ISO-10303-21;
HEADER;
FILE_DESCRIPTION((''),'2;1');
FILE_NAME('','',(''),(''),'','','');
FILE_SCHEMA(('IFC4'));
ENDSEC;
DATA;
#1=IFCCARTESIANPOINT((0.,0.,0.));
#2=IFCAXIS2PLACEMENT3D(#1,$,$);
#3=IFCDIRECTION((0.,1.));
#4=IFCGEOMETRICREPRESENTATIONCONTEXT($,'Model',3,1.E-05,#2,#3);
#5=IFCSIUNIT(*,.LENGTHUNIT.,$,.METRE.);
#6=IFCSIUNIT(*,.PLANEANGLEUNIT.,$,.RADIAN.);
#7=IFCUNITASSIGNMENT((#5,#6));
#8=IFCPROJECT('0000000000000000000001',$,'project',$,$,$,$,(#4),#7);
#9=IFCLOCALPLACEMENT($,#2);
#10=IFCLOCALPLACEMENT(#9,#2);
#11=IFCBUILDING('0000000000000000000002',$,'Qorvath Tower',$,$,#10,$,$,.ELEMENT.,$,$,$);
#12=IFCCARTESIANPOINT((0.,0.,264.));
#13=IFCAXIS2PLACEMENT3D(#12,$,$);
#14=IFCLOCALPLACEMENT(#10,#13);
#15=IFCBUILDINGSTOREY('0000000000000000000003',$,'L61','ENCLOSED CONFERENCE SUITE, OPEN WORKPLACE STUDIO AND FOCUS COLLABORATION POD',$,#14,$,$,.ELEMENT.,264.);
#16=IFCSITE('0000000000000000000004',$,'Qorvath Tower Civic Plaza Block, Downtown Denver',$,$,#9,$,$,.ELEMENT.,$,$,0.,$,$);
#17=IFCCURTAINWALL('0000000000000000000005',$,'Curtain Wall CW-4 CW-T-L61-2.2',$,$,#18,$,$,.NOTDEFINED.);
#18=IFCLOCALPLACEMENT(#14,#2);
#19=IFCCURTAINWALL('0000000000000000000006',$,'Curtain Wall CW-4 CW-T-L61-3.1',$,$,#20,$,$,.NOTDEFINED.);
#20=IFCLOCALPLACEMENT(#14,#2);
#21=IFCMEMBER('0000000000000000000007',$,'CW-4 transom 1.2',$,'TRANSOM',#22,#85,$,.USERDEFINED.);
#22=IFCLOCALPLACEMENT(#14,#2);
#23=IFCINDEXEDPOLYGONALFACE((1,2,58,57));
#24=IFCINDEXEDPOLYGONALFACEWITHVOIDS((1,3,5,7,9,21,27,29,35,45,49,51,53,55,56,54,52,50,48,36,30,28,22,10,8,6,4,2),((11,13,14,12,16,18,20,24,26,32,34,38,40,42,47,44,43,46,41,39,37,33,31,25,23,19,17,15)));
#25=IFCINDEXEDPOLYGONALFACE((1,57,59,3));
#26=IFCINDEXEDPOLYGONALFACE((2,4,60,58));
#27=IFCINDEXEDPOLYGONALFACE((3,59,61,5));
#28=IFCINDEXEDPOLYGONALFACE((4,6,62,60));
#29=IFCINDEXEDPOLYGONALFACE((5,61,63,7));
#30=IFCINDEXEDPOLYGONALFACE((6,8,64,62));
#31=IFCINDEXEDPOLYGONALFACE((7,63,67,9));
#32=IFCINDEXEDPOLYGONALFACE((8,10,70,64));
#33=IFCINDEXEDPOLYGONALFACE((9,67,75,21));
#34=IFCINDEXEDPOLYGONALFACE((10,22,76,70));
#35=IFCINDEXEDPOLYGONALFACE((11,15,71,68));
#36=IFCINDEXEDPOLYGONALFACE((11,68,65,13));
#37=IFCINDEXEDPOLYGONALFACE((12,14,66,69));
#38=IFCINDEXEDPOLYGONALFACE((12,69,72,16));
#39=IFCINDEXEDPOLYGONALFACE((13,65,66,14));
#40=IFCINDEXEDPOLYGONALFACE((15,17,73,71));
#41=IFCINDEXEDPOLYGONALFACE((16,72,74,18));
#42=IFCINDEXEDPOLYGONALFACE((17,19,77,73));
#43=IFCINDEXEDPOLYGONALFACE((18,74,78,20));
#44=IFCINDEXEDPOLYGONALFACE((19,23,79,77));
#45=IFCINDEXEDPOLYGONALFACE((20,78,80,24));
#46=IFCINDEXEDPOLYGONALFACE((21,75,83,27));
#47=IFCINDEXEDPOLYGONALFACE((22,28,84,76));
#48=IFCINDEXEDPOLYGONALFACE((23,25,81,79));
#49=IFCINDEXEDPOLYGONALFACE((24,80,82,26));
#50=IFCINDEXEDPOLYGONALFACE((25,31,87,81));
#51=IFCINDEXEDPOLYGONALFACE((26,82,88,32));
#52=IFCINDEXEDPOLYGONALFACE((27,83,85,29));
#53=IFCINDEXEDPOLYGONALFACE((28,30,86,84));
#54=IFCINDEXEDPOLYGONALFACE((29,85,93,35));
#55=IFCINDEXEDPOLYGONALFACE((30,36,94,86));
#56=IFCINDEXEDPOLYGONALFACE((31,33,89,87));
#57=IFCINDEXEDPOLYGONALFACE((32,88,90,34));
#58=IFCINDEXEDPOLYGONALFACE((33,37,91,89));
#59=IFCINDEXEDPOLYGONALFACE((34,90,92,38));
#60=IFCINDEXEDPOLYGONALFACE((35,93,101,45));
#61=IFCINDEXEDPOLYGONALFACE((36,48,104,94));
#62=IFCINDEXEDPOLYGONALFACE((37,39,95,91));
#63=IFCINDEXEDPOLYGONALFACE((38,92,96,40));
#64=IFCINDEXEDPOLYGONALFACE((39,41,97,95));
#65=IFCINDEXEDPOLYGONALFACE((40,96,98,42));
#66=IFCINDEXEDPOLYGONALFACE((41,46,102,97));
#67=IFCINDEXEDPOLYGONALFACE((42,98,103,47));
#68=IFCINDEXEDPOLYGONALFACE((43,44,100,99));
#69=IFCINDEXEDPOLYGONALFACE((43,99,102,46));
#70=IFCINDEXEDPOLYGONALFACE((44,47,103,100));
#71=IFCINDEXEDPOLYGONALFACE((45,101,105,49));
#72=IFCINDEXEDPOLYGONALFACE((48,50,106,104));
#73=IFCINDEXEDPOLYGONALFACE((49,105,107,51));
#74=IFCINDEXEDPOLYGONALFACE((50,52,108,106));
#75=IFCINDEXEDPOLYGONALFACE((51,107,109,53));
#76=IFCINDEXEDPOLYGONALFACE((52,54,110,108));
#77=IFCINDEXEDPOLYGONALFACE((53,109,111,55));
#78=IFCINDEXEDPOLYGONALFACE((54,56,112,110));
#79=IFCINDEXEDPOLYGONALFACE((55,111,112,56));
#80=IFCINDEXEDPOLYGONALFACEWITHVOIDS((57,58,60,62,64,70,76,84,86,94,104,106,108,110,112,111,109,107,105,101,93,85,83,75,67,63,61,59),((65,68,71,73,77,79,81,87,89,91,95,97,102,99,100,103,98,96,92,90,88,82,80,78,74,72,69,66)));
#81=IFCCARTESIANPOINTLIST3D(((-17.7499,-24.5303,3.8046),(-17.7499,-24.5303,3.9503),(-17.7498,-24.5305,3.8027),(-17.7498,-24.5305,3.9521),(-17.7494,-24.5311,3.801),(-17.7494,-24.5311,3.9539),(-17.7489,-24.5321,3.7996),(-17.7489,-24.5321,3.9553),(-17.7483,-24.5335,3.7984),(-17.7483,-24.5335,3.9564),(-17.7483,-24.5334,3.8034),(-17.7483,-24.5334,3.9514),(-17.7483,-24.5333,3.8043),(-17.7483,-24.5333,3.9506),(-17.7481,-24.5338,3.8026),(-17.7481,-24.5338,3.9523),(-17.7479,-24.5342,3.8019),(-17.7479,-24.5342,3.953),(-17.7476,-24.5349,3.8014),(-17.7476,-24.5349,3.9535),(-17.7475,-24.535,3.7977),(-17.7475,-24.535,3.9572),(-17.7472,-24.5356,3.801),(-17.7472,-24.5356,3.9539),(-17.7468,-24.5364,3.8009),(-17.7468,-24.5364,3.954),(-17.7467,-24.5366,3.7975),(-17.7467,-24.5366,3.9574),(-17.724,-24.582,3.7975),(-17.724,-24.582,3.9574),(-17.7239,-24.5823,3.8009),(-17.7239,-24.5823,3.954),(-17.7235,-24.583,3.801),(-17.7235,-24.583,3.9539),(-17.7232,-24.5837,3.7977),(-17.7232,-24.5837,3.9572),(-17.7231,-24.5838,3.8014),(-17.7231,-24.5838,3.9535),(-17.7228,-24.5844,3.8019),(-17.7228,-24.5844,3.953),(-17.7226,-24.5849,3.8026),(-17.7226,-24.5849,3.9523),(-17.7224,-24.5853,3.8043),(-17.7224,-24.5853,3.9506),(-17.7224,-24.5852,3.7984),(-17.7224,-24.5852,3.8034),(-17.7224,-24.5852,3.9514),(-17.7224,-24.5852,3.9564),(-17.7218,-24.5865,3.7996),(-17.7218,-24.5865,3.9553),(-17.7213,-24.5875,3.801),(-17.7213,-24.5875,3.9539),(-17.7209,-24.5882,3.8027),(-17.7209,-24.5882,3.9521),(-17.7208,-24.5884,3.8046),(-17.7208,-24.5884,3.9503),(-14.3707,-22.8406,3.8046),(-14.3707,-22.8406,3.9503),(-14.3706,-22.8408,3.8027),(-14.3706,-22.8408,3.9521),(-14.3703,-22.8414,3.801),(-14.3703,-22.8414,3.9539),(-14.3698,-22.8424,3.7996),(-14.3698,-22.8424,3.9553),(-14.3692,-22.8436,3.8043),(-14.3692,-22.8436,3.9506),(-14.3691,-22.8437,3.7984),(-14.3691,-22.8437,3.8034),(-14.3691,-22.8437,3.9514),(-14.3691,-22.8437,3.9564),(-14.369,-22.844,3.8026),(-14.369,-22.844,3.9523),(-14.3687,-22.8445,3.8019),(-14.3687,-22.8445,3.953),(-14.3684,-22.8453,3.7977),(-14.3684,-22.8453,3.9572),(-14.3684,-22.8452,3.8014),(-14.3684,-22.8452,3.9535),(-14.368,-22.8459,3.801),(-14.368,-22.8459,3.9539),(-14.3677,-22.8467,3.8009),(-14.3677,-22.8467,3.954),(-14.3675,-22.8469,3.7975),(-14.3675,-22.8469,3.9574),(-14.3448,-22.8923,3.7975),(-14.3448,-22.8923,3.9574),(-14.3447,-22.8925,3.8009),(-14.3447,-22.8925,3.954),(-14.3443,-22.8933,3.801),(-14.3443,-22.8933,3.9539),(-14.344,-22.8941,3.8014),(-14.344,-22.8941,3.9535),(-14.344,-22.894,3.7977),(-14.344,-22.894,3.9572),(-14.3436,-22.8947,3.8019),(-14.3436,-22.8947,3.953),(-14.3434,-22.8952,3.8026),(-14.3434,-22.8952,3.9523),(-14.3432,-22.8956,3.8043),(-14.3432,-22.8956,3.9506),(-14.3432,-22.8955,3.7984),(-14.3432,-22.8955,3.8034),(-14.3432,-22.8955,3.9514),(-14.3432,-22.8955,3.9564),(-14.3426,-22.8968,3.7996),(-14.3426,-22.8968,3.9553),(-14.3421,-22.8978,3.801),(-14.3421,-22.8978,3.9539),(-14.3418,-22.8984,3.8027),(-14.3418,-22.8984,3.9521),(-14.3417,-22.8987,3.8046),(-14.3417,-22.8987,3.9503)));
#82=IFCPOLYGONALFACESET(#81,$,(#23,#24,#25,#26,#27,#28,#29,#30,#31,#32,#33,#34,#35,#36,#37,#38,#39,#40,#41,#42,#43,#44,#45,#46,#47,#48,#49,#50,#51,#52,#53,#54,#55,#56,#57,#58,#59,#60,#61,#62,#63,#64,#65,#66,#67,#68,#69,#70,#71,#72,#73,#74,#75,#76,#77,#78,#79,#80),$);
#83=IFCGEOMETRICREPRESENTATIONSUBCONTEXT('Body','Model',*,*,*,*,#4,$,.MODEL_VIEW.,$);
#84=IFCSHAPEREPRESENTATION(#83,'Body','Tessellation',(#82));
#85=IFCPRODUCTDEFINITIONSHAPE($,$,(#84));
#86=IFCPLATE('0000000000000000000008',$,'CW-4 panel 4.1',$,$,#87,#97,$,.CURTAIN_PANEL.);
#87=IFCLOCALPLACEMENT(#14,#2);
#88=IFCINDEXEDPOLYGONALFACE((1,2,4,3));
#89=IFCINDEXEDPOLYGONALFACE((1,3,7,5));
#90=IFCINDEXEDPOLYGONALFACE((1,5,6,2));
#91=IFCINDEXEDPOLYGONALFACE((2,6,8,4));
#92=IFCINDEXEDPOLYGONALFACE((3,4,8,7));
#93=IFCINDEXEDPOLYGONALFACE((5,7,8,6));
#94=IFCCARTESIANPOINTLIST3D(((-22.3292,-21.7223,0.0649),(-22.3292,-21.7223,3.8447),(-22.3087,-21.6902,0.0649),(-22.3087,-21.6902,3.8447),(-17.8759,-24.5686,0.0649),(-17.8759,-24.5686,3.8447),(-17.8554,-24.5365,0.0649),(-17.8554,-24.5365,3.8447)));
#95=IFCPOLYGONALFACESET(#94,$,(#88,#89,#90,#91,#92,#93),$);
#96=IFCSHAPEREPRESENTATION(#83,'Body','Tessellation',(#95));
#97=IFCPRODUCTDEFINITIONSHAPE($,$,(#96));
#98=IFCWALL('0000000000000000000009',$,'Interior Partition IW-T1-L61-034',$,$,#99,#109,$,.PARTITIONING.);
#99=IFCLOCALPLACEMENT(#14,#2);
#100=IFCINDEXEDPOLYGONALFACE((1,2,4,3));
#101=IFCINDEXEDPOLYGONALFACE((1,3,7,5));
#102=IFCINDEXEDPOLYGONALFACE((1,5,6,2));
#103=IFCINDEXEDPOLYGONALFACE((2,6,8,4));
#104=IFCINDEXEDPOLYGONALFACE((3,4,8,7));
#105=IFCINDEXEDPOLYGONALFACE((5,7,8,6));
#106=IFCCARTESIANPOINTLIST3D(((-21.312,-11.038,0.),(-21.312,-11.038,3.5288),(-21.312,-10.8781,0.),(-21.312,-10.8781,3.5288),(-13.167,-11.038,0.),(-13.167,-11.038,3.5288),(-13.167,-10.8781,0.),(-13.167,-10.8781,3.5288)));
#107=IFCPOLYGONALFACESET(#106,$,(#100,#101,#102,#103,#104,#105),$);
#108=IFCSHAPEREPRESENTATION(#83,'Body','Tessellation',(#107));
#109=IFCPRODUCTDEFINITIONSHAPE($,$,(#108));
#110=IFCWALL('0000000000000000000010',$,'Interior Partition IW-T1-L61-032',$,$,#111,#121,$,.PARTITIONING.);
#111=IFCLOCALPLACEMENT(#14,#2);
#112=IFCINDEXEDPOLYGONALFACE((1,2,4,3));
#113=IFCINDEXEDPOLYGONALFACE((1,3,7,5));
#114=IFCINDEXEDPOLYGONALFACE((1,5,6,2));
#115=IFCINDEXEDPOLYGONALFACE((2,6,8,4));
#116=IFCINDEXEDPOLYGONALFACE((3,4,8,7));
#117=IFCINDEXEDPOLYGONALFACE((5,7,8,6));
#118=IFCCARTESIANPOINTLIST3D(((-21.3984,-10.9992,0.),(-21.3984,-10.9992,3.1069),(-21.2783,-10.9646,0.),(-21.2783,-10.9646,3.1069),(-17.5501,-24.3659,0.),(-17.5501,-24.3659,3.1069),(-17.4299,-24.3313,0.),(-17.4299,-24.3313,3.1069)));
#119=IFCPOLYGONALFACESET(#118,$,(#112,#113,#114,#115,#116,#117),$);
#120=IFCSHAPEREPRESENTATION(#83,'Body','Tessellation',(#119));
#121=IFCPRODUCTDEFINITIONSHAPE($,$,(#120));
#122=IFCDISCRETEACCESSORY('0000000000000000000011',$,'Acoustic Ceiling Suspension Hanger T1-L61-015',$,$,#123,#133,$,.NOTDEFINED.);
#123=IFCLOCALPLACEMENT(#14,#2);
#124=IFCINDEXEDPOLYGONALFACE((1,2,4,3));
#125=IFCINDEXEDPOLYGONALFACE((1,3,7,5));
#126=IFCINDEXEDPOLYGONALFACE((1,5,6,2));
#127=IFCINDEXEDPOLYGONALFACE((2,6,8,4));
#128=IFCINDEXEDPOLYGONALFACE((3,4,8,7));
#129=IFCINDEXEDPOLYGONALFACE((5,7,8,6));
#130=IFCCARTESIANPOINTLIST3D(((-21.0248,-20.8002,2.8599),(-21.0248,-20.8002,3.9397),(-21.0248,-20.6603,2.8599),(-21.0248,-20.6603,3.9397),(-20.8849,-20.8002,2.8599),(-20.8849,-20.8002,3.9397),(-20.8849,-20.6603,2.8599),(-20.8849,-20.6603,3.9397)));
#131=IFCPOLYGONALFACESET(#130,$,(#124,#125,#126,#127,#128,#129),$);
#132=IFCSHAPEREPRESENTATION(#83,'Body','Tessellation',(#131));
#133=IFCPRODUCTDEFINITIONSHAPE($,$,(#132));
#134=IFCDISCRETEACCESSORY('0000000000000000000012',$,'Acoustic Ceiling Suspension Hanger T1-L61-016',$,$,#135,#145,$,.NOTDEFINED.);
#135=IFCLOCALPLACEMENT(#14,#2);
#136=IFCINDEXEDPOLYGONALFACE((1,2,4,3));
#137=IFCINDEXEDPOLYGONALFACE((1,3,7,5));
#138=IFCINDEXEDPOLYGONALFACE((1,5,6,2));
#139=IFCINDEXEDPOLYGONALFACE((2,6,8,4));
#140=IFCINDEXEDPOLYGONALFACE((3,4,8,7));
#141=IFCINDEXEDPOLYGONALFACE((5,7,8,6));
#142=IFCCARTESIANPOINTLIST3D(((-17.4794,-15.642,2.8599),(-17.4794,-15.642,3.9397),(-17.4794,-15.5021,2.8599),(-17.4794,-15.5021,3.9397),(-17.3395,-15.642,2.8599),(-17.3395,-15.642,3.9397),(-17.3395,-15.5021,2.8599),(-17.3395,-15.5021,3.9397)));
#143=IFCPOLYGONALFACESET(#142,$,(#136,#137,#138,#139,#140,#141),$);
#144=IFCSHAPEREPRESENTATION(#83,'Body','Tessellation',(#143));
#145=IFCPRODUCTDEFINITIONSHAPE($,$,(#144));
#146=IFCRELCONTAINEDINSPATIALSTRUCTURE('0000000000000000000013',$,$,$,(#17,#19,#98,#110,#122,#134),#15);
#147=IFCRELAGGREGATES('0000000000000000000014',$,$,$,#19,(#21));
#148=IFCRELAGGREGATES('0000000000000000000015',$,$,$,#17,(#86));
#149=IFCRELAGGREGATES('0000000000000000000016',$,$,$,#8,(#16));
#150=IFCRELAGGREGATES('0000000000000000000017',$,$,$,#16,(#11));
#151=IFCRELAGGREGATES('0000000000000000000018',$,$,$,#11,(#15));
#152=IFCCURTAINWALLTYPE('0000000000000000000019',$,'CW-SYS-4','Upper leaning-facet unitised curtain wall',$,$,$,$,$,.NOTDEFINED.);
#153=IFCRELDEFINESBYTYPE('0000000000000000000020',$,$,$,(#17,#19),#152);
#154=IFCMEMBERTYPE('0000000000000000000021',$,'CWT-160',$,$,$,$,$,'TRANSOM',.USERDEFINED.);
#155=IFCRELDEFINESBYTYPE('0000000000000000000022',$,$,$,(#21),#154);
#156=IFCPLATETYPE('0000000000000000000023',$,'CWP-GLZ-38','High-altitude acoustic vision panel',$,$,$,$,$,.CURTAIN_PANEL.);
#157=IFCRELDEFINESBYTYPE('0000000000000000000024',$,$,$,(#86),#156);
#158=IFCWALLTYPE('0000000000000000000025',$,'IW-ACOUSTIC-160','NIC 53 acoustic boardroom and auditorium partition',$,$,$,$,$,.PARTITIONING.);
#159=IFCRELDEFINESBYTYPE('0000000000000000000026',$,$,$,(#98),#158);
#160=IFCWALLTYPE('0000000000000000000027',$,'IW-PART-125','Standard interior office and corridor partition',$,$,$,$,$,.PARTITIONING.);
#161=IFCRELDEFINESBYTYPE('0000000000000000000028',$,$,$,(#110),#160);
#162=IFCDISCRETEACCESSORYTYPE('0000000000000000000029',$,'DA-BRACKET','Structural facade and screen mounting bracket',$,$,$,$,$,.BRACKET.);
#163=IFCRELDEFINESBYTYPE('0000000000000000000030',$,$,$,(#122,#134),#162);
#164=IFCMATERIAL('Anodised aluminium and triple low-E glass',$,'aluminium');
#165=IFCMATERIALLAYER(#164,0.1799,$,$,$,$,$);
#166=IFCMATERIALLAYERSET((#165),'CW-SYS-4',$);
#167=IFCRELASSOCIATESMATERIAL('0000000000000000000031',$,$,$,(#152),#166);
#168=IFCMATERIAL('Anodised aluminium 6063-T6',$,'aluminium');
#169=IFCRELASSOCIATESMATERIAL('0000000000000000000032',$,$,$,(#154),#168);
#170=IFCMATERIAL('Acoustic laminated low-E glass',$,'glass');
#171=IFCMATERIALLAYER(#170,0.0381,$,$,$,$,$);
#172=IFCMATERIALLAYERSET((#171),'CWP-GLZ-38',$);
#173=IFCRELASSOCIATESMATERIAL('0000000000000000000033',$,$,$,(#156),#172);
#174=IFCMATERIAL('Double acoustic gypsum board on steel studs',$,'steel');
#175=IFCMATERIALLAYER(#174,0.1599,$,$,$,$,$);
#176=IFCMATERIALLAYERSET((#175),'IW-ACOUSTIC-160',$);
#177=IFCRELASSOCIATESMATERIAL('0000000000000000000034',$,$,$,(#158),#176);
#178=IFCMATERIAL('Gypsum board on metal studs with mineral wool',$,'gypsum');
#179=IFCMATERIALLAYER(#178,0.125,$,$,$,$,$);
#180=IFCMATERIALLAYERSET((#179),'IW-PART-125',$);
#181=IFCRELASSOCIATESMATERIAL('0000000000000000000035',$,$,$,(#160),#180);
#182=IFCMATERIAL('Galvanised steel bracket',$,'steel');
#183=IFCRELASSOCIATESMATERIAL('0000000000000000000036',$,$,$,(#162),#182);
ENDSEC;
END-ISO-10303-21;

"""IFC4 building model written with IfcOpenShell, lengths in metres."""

from ifc_helpers import new_model, si_unit, direction, frame, frame_2d, origin, origin_2d, place, context, subcontext, project, spatial, rectangle, hollow_rectangle, extrude, material, layer, layer_set, material_profile, profile_set, type_object, element, aggregate, save


model = new_model("IFC4")

# Units and contexts
model_context = context("Model", 3, precision=1e-05, world=origin(), true_north=direction((0.0, 1.0)))
body_context = subcontext(model_context, "Body", "Model", "MODEL_VIEW")
ifc_project = project(units=[si_unit("LENGTHUNIT", "METRE"), si_unit("PLANEANGLEUNIT", "RADIAN")], contexts=[model_context])

# Site, building, storey
site_placement = place(None, origin())
site = spatial("IfcSite", under=ifc_project, at=site_placement, Name="Qorvath Tower Civic Plaza Block, Downtown Denver", CompositionType="ELEMENT", RefElevation=0.0)
building_placement = place(site_placement, origin())
building = spatial("IfcBuilding", under=site, at=building_placement, Name="Qorvath Tower", CompositionType="ELEMENT")
storey_placement = place(building_placement, frame((0.0, 0.0, 264.0)))
storey = spatial("IfcBuildingStorey", under=building, at=storey_placement, Name="L61", Description="ENCLOSED CONFERENCE SUITE, OPEN WORKPLACE STUDIO AND FOCUS COLLABORATION POD", CompositionType="ELEMENT", Elevation=264.0)

# Curtain wall
ifc_material_1 = material(Name="Anodised aluminium and triple low-E glass", Category="aluminium")
ifc_layer_1 = layer(ifc_material_1, 0.1799)
ifc_layer_set_1 = layer_set([ifc_layer_1], Name="CW-SYS-4")
curtain_wall_type = type_object("IfcCurtainWallType", Name="CW-SYS-4", Description="Upper leaning-facet unitised curtain wall", PredefinedType="NOTDEFINED", material=ifc_layer_set_1)
curtain_wall_1_placement = place(storey_placement, origin())
curtain_wall_1 = element("IfcCurtainWall", 1, at=curtain_wall_1_placement, inside=storey, type_object=curtain_wall_type, Name="Curtain Wall CW-4 CW-T-L61-2.2", PredefinedType="NOTDEFINED")

# Curtain wall
curtain_wall_2_placement = place(storey_placement, origin())
curtain_wall_2 = element("IfcCurtainWall", 2, at=curtain_wall_2_placement, inside=storey, type_object=curtain_wall_type, Name="Curtain Wall CW-4 CW-T-L61-3.1", PredefinedType="NOTDEFINED")

# Member
ifc_material_2 = material(Name="Anodised aluminium 6063-T6", Category="aluminium")
ifc_material_profile_1 = material_profile(ifc_material_2, hollow_rectangle(XDim=0.0649, YDim=0.1599, WallThickness=0.0034, InnerFilletRadius=0.0034, OuterFilletRadius=0.0071, at=origin_2d()), Name="CWT 160x65")
ifc_profile_set_1 = profile_set([ifc_material_profile_1], Name="Anodised aluminium 6063-T6")
member_type_1 = type_object("IfcMemberType", Name="CWT-160", ElementType="TRANSOM", PredefinedType="USERDEFINED", material=ifc_profile_set_1)
member_1_placement = place(storey_placement, frame((-17.7354, -24.5593, 3.8774), z_axis=(0.894414, 0.447239, 0.0), x_axis=(-0.447239, 0.894414, 0.0)))
member_1 = element("IfcMember", 3, at=member_1_placement, type_object=member_type_1, Name="CW-4 transom 1.2", ObjectType="TRANSOM", PredefinedType="USERDEFINED", context=body_context, shape_type="SweptSolid", body=[
    extrude(hollow_rectangle(XDim=0.0649, YDim=0.1599, WallThickness=0.0034, InnerFilletRadius=0.0034, OuterFilletRadius=0.0071, at=origin_2d()), origin(), (0.0, 0.0, 1.0), 3.7781),
])
aggregate(curtain_wall_2, [member_1])

# Plate
ifc_material_3 = material(Name="Acoustic laminated low-E glass", Category="glass")
ifc_layer_2 = layer(ifc_material_3, 0.0381)
ifc_layer_set_2 = layer_set([ifc_layer_2], Name="CWP-GLZ-38")
plate_type = type_object("IfcPlateType", Name="CWP-GLZ-38", Description="High-altitude acoustic vision panel", PredefinedType="CURTAIN_PANEL", material=ifc_layer_set_2)
plate_placement = place(storey_placement, frame((-20.0923, -23.1294, 0.0649), z_axis=(0.0, 0.0, 1.0), x_axis=(0.842602, -0.538536, 0.0)))
plate = element("IfcPlate", 4, at=plate_placement, type_object=plate_type, Name="CW-4 panel 4.1", PredefinedType="CURTAIN_PANEL", context=body_context, shape_type="SweptSolid", body=[
    extrude(rectangle(XDim=5.2852, YDim=0.0381, at=origin_2d()), origin(), (0.0, 0.0, 1.0), 3.7798),
])
aggregate(curtain_wall_1, [plate])

# Walls
ifc_material_4 = material(Name="Double acoustic gypsum board on steel studs", Category="steel")
ifc_layer_3 = layer(ifc_material_4, 0.1599)
ifc_layer_set_3 = layer_set([ifc_layer_3], Name="IW-ACOUSTIC-160")
wall_type_1 = type_object("IfcWallType", Name="IW-ACOUSTIC-160", Description="NIC 53 acoustic boardroom and auditorium partition", PredefinedType="PARTITIONING", material=ifc_layer_set_3)
wall_1_placement = place(storey_placement, frame((-21.312, -10.958, 0.0), z_axis=(0.0, 0.0, 1.0), x_axis=(1.0, 0.0, 0.0)))
element("IfcWall", 5, at=wall_1_placement, inside=storey, type_object=wall_type_1, Name="Interior Partition IW-T1-L61-034", PredefinedType="PARTITIONING", context=body_context, shape_type="SweptSolid", body=[
    extrude(rectangle(XDim=8.145, YDim=0.1599, at=frame_2d((4.0725, 0.0))), origin(), (0.0, 0.0, 1.0), 3.5288),
])
ifc_material_5 = material(Name="Gypsum board on metal studs with mineral wool", Category="gypsum")
ifc_layer_4 = layer(ifc_material_5, 0.125)
ifc_layer_set_4 = layer_set([ifc_layer_4], Name="IW-PART-125")
wall_type_2 = type_object("IfcWallType", Name="IW-PART-125", Description="Standard interior office and corridor partition", PredefinedType="PARTITIONING", material=ifc_layer_set_4)
wall_2_placement = place(storey_placement, frame((-17.49, -24.3486, 0.0), z_axis=(0.0, 0.0, 1.0), x_axis=(-0.27667, 0.960965, 0.0)))
element("IfcWall", 6, at=wall_2_placement, inside=storey, type_object=wall_type_2, Name="Interior Partition IW-T1-L61-032", PredefinedType="PARTITIONING", context=body_context, shape_type="SweptSolid", body=[
    extrude(rectangle(XDim=13.9097, YDim=0.125, at=frame_2d((6.9548, 0.0))), origin(), (0.0, 0.0, 1.0), 3.1069),
])

# Discrete accessories
ifc_material_6 = material(Name="Galvanised steel bracket", Category="steel")
discrete_accessory_type = type_object("IfcDiscreteAccessoryType", Name="DA-BRACKET", Description="Structural facade and screen mounting bracket", PredefinedType="BRACKET", material=ifc_material_6)
for number, where, z_axis, x_axis, name in (
    (7, (-20.9548, -20.7302, 2.8599), (0.0, 0.0, 1.0), (1.0, 0.0, 0.0), "Acoustic Ceiling Suspension Hanger T1-L61-015"),
    (8, (-17.4094, -15.572, 2.8599), (0.0, 0.0, 1.0), (1.0, 0.0, 0.0), "Acoustic Ceiling Suspension Hanger T1-L61-016"),
):
    element("IfcDiscreteAccessory", number, at=place(storey_placement, frame(where, z_axis=z_axis, x_axis=x_axis)), inside=storey, type_object=discrete_accessory_type, Name=name, PredefinedType="NOTDEFINED", context=body_context, shape_type="SweptSolid", body=[
        extrude(rectangle(XDim=0.1399, YDim=0.1399, at=origin_2d()), origin(), (0.0, 0.0, 1.0), 1.0798),
    ])

save(model, "model.ifc")
